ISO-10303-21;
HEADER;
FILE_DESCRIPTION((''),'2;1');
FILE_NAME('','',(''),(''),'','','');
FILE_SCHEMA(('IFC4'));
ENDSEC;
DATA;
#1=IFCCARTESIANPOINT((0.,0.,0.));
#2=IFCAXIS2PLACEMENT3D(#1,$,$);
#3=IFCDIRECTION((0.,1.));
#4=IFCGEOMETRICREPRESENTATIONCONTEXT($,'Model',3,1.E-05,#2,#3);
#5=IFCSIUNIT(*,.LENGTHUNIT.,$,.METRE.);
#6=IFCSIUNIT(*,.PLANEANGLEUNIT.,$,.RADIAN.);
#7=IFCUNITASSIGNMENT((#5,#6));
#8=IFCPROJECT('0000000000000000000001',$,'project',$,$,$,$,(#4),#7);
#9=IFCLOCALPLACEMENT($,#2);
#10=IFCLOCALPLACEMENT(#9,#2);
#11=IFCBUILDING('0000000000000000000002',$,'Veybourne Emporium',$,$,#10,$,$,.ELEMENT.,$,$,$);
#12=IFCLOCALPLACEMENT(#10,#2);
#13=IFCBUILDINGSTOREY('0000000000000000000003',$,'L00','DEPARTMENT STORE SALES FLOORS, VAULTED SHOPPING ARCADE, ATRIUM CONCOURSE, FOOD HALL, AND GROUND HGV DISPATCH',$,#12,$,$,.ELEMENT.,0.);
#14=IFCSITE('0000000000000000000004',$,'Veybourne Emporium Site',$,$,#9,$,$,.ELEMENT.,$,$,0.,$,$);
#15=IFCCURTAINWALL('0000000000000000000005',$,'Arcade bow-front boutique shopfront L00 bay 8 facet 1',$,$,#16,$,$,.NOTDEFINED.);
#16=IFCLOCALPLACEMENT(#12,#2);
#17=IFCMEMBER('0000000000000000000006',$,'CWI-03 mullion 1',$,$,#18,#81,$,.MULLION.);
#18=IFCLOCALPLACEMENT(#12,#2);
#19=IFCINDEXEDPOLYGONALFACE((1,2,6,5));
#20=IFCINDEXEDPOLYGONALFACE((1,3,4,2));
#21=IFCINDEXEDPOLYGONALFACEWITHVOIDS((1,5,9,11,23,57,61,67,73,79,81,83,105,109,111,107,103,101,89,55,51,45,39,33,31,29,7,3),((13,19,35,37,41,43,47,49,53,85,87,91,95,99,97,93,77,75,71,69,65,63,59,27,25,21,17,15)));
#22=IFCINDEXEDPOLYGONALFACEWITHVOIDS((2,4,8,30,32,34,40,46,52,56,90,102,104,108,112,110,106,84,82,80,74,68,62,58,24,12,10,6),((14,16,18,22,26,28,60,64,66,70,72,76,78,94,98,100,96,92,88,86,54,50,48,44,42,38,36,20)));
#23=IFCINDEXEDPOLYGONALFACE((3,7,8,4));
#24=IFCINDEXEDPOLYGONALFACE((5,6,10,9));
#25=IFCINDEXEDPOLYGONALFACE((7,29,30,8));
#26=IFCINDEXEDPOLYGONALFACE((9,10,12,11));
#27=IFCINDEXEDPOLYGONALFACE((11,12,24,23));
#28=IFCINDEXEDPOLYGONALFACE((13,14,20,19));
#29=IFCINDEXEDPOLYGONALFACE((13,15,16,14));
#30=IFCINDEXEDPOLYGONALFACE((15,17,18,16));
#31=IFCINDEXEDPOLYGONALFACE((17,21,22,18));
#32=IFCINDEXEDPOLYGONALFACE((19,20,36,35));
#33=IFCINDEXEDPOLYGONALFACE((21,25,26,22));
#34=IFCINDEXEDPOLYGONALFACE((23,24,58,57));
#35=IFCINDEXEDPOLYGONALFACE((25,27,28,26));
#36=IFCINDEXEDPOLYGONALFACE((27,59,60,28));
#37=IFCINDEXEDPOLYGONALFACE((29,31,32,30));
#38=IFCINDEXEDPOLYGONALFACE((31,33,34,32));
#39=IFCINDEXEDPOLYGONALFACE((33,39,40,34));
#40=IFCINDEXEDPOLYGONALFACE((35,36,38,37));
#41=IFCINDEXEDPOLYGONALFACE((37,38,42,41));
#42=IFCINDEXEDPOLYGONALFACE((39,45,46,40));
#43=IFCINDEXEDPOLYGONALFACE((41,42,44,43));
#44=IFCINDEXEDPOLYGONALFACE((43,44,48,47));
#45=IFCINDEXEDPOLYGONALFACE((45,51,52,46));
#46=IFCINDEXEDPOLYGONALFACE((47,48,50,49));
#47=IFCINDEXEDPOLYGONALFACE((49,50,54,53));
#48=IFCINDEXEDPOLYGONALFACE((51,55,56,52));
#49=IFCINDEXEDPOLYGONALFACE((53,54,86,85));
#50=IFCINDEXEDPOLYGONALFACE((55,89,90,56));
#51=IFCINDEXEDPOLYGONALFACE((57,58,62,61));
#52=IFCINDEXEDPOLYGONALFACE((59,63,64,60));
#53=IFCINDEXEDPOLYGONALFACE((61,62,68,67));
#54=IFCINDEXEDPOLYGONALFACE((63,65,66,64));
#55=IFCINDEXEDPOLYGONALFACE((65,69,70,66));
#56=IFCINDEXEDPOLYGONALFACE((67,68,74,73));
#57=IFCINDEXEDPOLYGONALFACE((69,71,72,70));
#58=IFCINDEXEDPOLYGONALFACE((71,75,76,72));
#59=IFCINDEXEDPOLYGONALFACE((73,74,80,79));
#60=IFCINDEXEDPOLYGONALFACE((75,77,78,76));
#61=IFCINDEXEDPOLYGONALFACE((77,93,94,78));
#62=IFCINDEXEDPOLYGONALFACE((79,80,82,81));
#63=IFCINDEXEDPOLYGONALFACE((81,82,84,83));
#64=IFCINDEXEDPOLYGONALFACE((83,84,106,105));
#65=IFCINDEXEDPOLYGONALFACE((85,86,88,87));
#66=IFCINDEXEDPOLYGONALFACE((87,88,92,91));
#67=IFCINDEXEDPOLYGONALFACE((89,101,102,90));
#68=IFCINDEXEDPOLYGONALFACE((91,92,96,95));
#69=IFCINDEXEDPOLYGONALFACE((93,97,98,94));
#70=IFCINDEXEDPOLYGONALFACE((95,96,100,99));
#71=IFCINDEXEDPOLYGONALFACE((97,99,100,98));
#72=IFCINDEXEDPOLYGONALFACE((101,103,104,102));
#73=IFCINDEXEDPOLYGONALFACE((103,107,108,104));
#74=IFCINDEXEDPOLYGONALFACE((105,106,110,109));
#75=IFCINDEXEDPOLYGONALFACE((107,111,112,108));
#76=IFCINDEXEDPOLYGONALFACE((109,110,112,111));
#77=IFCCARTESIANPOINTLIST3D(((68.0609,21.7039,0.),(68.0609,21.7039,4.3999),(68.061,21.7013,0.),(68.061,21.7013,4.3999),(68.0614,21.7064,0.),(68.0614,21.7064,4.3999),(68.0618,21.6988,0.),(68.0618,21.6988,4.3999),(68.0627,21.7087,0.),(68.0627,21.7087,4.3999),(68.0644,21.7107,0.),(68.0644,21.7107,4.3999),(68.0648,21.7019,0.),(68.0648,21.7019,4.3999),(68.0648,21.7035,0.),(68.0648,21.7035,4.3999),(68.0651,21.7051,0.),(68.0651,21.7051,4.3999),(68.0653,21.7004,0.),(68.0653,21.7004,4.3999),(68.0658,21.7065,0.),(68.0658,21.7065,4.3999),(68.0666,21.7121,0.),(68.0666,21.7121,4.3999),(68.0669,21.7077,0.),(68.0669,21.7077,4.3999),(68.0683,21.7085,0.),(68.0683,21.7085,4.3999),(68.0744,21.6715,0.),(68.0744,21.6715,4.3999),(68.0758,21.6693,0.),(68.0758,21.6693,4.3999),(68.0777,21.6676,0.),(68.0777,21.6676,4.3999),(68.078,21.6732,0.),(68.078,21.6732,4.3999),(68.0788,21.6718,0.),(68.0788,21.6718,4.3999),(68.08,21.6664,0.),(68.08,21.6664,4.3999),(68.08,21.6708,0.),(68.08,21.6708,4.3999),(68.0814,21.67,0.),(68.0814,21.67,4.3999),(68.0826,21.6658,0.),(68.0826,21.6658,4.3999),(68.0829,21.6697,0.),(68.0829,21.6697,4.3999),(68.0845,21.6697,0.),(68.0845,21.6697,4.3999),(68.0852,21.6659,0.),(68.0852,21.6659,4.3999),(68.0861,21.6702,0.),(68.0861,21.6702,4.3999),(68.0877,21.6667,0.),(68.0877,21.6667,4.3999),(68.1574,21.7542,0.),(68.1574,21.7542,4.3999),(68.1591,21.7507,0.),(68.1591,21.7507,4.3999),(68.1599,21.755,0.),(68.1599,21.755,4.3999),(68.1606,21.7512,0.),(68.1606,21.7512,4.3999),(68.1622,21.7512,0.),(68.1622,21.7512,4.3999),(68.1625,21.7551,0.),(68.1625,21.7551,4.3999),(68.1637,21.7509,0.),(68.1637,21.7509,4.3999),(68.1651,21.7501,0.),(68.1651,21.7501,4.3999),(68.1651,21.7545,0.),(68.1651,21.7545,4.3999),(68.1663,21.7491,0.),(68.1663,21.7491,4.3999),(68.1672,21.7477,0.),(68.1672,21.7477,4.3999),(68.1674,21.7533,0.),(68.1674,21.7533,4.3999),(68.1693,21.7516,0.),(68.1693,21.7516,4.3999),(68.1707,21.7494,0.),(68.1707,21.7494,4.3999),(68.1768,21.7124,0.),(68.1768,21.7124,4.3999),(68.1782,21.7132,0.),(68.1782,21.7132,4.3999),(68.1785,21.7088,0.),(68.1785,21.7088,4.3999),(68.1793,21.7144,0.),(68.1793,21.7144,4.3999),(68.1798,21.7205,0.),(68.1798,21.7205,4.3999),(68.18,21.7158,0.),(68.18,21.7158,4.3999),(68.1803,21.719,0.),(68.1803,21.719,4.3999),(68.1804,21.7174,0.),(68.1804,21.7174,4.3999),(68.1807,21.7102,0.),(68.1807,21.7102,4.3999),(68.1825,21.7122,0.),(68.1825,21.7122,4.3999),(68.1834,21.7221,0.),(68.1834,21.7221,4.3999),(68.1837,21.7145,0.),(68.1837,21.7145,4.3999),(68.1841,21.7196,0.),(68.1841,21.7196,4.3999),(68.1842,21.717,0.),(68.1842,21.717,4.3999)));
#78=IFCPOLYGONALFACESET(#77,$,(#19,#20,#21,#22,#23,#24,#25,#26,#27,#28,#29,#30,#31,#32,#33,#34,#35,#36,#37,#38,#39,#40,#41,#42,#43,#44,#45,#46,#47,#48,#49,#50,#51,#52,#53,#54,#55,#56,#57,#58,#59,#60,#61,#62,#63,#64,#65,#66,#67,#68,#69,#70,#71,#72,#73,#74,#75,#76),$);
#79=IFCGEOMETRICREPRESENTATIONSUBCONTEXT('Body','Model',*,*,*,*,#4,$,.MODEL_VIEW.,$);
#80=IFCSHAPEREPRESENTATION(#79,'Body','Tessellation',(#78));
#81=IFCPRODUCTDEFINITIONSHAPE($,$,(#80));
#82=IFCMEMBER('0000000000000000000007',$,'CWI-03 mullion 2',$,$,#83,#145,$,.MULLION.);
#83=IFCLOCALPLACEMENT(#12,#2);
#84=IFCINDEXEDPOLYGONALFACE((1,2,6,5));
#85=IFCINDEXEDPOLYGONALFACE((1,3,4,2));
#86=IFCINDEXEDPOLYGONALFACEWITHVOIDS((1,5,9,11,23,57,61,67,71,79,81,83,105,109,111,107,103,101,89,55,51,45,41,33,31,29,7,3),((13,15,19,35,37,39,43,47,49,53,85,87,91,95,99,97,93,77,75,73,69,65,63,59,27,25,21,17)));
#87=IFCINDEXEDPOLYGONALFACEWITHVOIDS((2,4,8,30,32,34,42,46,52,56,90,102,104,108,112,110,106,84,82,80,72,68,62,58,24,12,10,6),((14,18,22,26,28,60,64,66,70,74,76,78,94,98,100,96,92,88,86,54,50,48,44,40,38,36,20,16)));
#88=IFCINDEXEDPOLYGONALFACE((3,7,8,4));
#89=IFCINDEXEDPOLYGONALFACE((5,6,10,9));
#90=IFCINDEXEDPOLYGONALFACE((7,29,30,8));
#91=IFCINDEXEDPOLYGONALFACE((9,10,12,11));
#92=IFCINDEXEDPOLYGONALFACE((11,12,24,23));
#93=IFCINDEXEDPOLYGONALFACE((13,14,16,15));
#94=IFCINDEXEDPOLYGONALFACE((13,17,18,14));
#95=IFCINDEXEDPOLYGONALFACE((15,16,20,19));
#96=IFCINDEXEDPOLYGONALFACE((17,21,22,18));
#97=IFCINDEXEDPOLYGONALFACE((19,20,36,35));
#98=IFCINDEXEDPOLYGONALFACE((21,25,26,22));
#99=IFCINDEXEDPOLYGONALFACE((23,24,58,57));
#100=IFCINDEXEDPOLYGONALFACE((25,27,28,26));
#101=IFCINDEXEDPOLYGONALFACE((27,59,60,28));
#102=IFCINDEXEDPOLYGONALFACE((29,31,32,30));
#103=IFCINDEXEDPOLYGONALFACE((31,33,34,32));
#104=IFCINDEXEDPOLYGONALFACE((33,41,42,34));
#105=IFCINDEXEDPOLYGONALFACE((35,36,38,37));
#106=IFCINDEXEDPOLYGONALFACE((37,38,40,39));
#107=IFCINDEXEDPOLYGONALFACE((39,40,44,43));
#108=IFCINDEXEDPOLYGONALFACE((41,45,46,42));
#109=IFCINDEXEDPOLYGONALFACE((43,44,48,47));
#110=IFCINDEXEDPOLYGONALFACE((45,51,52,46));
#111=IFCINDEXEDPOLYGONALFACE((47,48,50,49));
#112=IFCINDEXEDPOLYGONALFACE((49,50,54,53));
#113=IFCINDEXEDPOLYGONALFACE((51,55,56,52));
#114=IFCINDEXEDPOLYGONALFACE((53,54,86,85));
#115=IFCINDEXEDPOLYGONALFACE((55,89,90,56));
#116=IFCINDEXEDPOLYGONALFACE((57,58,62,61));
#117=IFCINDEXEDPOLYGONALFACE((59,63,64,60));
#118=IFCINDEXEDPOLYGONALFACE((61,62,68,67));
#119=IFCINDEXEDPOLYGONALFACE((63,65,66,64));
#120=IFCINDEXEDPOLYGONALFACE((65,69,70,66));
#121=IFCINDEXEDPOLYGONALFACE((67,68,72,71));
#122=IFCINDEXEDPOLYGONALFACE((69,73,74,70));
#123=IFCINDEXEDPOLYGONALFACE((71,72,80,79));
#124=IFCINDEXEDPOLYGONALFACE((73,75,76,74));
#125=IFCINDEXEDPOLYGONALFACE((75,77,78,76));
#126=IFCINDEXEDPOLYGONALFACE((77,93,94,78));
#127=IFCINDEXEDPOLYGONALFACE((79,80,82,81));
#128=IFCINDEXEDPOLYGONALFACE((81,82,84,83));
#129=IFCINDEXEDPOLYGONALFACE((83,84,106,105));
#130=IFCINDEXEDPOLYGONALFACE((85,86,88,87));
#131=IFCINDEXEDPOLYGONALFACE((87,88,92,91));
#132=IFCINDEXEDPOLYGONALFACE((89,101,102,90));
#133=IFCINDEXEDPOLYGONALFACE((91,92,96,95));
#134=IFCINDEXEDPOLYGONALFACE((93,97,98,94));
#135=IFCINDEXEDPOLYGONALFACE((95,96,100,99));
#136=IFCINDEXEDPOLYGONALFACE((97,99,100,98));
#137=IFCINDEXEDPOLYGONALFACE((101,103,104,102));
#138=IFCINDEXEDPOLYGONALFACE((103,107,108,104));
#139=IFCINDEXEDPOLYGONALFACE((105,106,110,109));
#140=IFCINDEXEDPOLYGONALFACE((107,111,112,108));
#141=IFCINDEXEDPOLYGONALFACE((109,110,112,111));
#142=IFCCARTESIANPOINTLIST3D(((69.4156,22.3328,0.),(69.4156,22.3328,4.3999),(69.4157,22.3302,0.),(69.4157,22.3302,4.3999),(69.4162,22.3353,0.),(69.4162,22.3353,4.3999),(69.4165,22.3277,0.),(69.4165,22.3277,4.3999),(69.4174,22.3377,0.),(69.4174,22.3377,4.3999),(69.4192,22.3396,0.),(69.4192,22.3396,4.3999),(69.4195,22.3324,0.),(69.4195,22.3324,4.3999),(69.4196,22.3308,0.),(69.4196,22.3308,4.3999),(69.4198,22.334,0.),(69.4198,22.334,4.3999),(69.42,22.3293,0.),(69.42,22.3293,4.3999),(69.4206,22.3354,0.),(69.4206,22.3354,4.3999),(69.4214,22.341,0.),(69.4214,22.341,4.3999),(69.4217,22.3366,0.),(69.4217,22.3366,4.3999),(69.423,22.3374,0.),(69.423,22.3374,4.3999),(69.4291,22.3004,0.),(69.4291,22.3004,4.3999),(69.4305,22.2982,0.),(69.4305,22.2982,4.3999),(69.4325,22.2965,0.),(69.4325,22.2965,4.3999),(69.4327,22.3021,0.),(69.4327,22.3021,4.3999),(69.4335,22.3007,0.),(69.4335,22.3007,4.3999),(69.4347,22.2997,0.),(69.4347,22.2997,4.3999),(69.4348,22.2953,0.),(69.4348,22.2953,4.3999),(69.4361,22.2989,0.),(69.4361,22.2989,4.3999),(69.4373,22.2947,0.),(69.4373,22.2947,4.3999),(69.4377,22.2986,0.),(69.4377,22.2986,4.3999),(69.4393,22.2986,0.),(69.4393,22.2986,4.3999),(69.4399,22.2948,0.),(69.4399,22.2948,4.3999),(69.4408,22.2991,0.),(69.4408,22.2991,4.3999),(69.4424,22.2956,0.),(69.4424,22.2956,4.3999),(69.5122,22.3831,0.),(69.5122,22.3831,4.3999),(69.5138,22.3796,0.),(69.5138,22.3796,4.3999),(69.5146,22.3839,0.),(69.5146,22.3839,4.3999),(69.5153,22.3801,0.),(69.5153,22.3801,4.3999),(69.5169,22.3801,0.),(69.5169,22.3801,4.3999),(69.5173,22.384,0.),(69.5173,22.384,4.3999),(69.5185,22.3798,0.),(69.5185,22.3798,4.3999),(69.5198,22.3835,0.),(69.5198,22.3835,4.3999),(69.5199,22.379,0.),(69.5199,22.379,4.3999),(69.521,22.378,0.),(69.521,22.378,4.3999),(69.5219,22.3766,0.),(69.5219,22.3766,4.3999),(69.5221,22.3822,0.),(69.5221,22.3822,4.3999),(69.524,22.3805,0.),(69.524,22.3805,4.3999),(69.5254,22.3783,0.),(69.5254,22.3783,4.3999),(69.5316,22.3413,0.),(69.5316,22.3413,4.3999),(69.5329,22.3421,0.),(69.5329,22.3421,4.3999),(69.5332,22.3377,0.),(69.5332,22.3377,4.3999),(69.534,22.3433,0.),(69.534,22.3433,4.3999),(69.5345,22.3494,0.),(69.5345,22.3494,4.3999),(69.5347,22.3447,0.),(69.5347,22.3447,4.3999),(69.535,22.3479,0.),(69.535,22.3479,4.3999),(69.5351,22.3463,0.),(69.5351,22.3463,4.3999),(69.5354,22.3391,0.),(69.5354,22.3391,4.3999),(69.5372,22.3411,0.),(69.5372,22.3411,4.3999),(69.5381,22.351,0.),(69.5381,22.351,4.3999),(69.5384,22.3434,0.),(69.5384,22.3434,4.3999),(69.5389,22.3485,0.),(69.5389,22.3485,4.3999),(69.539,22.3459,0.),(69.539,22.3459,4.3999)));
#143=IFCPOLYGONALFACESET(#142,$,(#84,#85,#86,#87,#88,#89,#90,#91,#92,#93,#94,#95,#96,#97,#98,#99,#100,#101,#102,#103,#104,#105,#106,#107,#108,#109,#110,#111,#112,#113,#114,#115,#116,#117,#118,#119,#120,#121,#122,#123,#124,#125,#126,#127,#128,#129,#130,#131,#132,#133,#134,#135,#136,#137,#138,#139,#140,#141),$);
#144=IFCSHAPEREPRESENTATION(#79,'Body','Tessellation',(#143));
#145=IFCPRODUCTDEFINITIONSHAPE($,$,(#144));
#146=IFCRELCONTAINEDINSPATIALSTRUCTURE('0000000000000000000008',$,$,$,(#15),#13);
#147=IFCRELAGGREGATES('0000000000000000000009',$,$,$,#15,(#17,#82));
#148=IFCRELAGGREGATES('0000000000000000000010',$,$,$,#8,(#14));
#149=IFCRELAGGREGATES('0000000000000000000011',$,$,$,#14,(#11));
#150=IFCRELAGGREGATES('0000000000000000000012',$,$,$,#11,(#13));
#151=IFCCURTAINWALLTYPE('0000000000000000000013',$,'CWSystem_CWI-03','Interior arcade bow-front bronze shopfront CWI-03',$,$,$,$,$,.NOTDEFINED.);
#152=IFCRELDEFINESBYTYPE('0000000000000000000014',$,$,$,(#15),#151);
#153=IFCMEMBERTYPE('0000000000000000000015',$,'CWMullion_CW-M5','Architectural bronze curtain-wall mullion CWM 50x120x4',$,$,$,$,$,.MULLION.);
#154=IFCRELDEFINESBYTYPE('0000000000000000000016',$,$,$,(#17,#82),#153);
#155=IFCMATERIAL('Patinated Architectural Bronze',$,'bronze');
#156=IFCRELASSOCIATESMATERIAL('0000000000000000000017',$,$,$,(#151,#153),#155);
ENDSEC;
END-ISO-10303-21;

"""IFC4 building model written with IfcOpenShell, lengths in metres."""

from ifc_helpers import new_model, si_unit, direction, frame, origin, origin_2d, place, context, subcontext, project, spatial, hollow_rectangle, extrude, material, material_profile, profile_set, type_object, element, aggregate, save


model = new_model("IFC4")

# Units and contexts
model_context = context("Model", 3, precision=1e-05, world=origin(), true_north=direction((0.0, 1.0)))
body_context = subcontext(model_context, "Body", "Model", "MODEL_VIEW")
ifc_project = project(units=[si_unit("LENGTHUNIT", "METRE"), si_unit("PLANEANGLEUNIT", "RADIAN")], contexts=[model_context])

# Site, building, storey
site_placement = place(None, origin())
site = spatial("IfcSite", under=ifc_project, at=site_placement, Name="Veybourne Emporium Site", CompositionType="ELEMENT", RefElevation=0.0)
building_placement = place(site_placement, origin())
building = spatial("IfcBuilding", under=site, at=building_placement, Name="Veybourne Emporium", CompositionType="ELEMENT")
storey_placement = place(building_placement, origin())
storey = spatial("IfcBuildingStorey", under=building, at=storey_placement, Name="L00", Description="DEPARTMENT STORE SALES FLOORS, VAULTED SHOPPING ARCADE, ATRIUM CONCOURSE, FOOD HALL, AND GROUND HGV DISPATCH", CompositionType="ELEMENT", Elevation=0.0)

# Shared definitions
ifc_material_1 = material(Name="Patinated Architectural Bronze", Category="bronze")
curtain_wall_type_1 = type_object("IfcCurtainWallType", Name="CWSystem_CWI-03", Description="Interior arcade bow-front bronze shopfront CWI-03", PredefinedType="NOTDEFINED", material=ifc_material_1)
ifc_material_profile_1 = material_profile(ifc_material_1, hollow_rectangle(XDim=0.05, YDim=0.1201, WallThickness=0.0039, InnerFilletRadius=0.0061, OuterFilletRadius=0.01, at=origin_2d()), Name="CWM 50x120x4")
ifc_profile_set_1 = profile_set([ifc_material_profile_1], Name="Patinated Architectural Bronze")
member_type_1 = type_object("IfcMemberType", Name="CWMullion_CW-M5", Description="Architectural bronze curtain-wall mullion CWM 50x120x4", PredefinedType="MULLION", material=ifc_profile_set_1)

# Curtain wall, members
curtain_wall_1_placement = place(storey_placement, origin())
curtain_wall_1 = element("IfcCurtainWall", 1, at=curtain_wall_1_placement, inside=storey, type_object=curtain_wall_type_1, Name="Arcade bow-front boutique shopfront L00 bay 8 facet 1", PredefinedType="NOTDEFINED")
member_1_placement = place(storey_placement, frame((68.1226, 21.7104, 0.0), z_axis=(0.0, 0.0, 1.0), x_axis=(-0.421111, 0.907009, 0.0)))
member_1 = element("IfcMember", 2, at=member_1_placement, type_object=member_type_1, Name="CWI-03 mullion 1", PredefinedType="MULLION", context=body_context, shape_type="SweptSolid", body=[
    extrude(hollow_rectangle(XDim=0.05, YDim=0.1201, WallThickness=0.0039, InnerFilletRadius=0.0061, OuterFilletRadius=0.01, at=origin_2d()), origin(), (0.0, 0.0, 1.0), 4.3999),
])
member_2_placement = place(storey_placement, frame((69.4773, 22.3394, 0.0), z_axis=(0.0, 0.0, 1.0), x_axis=(-0.421111, 0.907009, 0.0)))
member_2 = element("IfcMember", 3, at=member_2_placement, type_object=member_type_1, Name="CWI-03 mullion 2", PredefinedType="MULLION", context=body_context, shape_type="SweptSolid", body=[
    extrude(hollow_rectangle(XDim=0.05, YDim=0.1201, WallThickness=0.0039, InnerFilletRadius=0.0061, OuterFilletRadius=0.01, at=origin_2d()), origin(), (0.0, 0.0, 1.0), 4.3999),
])

aggregate(curtain_wall_1, [member_1, member_2])

save(model, "model.ifc")
